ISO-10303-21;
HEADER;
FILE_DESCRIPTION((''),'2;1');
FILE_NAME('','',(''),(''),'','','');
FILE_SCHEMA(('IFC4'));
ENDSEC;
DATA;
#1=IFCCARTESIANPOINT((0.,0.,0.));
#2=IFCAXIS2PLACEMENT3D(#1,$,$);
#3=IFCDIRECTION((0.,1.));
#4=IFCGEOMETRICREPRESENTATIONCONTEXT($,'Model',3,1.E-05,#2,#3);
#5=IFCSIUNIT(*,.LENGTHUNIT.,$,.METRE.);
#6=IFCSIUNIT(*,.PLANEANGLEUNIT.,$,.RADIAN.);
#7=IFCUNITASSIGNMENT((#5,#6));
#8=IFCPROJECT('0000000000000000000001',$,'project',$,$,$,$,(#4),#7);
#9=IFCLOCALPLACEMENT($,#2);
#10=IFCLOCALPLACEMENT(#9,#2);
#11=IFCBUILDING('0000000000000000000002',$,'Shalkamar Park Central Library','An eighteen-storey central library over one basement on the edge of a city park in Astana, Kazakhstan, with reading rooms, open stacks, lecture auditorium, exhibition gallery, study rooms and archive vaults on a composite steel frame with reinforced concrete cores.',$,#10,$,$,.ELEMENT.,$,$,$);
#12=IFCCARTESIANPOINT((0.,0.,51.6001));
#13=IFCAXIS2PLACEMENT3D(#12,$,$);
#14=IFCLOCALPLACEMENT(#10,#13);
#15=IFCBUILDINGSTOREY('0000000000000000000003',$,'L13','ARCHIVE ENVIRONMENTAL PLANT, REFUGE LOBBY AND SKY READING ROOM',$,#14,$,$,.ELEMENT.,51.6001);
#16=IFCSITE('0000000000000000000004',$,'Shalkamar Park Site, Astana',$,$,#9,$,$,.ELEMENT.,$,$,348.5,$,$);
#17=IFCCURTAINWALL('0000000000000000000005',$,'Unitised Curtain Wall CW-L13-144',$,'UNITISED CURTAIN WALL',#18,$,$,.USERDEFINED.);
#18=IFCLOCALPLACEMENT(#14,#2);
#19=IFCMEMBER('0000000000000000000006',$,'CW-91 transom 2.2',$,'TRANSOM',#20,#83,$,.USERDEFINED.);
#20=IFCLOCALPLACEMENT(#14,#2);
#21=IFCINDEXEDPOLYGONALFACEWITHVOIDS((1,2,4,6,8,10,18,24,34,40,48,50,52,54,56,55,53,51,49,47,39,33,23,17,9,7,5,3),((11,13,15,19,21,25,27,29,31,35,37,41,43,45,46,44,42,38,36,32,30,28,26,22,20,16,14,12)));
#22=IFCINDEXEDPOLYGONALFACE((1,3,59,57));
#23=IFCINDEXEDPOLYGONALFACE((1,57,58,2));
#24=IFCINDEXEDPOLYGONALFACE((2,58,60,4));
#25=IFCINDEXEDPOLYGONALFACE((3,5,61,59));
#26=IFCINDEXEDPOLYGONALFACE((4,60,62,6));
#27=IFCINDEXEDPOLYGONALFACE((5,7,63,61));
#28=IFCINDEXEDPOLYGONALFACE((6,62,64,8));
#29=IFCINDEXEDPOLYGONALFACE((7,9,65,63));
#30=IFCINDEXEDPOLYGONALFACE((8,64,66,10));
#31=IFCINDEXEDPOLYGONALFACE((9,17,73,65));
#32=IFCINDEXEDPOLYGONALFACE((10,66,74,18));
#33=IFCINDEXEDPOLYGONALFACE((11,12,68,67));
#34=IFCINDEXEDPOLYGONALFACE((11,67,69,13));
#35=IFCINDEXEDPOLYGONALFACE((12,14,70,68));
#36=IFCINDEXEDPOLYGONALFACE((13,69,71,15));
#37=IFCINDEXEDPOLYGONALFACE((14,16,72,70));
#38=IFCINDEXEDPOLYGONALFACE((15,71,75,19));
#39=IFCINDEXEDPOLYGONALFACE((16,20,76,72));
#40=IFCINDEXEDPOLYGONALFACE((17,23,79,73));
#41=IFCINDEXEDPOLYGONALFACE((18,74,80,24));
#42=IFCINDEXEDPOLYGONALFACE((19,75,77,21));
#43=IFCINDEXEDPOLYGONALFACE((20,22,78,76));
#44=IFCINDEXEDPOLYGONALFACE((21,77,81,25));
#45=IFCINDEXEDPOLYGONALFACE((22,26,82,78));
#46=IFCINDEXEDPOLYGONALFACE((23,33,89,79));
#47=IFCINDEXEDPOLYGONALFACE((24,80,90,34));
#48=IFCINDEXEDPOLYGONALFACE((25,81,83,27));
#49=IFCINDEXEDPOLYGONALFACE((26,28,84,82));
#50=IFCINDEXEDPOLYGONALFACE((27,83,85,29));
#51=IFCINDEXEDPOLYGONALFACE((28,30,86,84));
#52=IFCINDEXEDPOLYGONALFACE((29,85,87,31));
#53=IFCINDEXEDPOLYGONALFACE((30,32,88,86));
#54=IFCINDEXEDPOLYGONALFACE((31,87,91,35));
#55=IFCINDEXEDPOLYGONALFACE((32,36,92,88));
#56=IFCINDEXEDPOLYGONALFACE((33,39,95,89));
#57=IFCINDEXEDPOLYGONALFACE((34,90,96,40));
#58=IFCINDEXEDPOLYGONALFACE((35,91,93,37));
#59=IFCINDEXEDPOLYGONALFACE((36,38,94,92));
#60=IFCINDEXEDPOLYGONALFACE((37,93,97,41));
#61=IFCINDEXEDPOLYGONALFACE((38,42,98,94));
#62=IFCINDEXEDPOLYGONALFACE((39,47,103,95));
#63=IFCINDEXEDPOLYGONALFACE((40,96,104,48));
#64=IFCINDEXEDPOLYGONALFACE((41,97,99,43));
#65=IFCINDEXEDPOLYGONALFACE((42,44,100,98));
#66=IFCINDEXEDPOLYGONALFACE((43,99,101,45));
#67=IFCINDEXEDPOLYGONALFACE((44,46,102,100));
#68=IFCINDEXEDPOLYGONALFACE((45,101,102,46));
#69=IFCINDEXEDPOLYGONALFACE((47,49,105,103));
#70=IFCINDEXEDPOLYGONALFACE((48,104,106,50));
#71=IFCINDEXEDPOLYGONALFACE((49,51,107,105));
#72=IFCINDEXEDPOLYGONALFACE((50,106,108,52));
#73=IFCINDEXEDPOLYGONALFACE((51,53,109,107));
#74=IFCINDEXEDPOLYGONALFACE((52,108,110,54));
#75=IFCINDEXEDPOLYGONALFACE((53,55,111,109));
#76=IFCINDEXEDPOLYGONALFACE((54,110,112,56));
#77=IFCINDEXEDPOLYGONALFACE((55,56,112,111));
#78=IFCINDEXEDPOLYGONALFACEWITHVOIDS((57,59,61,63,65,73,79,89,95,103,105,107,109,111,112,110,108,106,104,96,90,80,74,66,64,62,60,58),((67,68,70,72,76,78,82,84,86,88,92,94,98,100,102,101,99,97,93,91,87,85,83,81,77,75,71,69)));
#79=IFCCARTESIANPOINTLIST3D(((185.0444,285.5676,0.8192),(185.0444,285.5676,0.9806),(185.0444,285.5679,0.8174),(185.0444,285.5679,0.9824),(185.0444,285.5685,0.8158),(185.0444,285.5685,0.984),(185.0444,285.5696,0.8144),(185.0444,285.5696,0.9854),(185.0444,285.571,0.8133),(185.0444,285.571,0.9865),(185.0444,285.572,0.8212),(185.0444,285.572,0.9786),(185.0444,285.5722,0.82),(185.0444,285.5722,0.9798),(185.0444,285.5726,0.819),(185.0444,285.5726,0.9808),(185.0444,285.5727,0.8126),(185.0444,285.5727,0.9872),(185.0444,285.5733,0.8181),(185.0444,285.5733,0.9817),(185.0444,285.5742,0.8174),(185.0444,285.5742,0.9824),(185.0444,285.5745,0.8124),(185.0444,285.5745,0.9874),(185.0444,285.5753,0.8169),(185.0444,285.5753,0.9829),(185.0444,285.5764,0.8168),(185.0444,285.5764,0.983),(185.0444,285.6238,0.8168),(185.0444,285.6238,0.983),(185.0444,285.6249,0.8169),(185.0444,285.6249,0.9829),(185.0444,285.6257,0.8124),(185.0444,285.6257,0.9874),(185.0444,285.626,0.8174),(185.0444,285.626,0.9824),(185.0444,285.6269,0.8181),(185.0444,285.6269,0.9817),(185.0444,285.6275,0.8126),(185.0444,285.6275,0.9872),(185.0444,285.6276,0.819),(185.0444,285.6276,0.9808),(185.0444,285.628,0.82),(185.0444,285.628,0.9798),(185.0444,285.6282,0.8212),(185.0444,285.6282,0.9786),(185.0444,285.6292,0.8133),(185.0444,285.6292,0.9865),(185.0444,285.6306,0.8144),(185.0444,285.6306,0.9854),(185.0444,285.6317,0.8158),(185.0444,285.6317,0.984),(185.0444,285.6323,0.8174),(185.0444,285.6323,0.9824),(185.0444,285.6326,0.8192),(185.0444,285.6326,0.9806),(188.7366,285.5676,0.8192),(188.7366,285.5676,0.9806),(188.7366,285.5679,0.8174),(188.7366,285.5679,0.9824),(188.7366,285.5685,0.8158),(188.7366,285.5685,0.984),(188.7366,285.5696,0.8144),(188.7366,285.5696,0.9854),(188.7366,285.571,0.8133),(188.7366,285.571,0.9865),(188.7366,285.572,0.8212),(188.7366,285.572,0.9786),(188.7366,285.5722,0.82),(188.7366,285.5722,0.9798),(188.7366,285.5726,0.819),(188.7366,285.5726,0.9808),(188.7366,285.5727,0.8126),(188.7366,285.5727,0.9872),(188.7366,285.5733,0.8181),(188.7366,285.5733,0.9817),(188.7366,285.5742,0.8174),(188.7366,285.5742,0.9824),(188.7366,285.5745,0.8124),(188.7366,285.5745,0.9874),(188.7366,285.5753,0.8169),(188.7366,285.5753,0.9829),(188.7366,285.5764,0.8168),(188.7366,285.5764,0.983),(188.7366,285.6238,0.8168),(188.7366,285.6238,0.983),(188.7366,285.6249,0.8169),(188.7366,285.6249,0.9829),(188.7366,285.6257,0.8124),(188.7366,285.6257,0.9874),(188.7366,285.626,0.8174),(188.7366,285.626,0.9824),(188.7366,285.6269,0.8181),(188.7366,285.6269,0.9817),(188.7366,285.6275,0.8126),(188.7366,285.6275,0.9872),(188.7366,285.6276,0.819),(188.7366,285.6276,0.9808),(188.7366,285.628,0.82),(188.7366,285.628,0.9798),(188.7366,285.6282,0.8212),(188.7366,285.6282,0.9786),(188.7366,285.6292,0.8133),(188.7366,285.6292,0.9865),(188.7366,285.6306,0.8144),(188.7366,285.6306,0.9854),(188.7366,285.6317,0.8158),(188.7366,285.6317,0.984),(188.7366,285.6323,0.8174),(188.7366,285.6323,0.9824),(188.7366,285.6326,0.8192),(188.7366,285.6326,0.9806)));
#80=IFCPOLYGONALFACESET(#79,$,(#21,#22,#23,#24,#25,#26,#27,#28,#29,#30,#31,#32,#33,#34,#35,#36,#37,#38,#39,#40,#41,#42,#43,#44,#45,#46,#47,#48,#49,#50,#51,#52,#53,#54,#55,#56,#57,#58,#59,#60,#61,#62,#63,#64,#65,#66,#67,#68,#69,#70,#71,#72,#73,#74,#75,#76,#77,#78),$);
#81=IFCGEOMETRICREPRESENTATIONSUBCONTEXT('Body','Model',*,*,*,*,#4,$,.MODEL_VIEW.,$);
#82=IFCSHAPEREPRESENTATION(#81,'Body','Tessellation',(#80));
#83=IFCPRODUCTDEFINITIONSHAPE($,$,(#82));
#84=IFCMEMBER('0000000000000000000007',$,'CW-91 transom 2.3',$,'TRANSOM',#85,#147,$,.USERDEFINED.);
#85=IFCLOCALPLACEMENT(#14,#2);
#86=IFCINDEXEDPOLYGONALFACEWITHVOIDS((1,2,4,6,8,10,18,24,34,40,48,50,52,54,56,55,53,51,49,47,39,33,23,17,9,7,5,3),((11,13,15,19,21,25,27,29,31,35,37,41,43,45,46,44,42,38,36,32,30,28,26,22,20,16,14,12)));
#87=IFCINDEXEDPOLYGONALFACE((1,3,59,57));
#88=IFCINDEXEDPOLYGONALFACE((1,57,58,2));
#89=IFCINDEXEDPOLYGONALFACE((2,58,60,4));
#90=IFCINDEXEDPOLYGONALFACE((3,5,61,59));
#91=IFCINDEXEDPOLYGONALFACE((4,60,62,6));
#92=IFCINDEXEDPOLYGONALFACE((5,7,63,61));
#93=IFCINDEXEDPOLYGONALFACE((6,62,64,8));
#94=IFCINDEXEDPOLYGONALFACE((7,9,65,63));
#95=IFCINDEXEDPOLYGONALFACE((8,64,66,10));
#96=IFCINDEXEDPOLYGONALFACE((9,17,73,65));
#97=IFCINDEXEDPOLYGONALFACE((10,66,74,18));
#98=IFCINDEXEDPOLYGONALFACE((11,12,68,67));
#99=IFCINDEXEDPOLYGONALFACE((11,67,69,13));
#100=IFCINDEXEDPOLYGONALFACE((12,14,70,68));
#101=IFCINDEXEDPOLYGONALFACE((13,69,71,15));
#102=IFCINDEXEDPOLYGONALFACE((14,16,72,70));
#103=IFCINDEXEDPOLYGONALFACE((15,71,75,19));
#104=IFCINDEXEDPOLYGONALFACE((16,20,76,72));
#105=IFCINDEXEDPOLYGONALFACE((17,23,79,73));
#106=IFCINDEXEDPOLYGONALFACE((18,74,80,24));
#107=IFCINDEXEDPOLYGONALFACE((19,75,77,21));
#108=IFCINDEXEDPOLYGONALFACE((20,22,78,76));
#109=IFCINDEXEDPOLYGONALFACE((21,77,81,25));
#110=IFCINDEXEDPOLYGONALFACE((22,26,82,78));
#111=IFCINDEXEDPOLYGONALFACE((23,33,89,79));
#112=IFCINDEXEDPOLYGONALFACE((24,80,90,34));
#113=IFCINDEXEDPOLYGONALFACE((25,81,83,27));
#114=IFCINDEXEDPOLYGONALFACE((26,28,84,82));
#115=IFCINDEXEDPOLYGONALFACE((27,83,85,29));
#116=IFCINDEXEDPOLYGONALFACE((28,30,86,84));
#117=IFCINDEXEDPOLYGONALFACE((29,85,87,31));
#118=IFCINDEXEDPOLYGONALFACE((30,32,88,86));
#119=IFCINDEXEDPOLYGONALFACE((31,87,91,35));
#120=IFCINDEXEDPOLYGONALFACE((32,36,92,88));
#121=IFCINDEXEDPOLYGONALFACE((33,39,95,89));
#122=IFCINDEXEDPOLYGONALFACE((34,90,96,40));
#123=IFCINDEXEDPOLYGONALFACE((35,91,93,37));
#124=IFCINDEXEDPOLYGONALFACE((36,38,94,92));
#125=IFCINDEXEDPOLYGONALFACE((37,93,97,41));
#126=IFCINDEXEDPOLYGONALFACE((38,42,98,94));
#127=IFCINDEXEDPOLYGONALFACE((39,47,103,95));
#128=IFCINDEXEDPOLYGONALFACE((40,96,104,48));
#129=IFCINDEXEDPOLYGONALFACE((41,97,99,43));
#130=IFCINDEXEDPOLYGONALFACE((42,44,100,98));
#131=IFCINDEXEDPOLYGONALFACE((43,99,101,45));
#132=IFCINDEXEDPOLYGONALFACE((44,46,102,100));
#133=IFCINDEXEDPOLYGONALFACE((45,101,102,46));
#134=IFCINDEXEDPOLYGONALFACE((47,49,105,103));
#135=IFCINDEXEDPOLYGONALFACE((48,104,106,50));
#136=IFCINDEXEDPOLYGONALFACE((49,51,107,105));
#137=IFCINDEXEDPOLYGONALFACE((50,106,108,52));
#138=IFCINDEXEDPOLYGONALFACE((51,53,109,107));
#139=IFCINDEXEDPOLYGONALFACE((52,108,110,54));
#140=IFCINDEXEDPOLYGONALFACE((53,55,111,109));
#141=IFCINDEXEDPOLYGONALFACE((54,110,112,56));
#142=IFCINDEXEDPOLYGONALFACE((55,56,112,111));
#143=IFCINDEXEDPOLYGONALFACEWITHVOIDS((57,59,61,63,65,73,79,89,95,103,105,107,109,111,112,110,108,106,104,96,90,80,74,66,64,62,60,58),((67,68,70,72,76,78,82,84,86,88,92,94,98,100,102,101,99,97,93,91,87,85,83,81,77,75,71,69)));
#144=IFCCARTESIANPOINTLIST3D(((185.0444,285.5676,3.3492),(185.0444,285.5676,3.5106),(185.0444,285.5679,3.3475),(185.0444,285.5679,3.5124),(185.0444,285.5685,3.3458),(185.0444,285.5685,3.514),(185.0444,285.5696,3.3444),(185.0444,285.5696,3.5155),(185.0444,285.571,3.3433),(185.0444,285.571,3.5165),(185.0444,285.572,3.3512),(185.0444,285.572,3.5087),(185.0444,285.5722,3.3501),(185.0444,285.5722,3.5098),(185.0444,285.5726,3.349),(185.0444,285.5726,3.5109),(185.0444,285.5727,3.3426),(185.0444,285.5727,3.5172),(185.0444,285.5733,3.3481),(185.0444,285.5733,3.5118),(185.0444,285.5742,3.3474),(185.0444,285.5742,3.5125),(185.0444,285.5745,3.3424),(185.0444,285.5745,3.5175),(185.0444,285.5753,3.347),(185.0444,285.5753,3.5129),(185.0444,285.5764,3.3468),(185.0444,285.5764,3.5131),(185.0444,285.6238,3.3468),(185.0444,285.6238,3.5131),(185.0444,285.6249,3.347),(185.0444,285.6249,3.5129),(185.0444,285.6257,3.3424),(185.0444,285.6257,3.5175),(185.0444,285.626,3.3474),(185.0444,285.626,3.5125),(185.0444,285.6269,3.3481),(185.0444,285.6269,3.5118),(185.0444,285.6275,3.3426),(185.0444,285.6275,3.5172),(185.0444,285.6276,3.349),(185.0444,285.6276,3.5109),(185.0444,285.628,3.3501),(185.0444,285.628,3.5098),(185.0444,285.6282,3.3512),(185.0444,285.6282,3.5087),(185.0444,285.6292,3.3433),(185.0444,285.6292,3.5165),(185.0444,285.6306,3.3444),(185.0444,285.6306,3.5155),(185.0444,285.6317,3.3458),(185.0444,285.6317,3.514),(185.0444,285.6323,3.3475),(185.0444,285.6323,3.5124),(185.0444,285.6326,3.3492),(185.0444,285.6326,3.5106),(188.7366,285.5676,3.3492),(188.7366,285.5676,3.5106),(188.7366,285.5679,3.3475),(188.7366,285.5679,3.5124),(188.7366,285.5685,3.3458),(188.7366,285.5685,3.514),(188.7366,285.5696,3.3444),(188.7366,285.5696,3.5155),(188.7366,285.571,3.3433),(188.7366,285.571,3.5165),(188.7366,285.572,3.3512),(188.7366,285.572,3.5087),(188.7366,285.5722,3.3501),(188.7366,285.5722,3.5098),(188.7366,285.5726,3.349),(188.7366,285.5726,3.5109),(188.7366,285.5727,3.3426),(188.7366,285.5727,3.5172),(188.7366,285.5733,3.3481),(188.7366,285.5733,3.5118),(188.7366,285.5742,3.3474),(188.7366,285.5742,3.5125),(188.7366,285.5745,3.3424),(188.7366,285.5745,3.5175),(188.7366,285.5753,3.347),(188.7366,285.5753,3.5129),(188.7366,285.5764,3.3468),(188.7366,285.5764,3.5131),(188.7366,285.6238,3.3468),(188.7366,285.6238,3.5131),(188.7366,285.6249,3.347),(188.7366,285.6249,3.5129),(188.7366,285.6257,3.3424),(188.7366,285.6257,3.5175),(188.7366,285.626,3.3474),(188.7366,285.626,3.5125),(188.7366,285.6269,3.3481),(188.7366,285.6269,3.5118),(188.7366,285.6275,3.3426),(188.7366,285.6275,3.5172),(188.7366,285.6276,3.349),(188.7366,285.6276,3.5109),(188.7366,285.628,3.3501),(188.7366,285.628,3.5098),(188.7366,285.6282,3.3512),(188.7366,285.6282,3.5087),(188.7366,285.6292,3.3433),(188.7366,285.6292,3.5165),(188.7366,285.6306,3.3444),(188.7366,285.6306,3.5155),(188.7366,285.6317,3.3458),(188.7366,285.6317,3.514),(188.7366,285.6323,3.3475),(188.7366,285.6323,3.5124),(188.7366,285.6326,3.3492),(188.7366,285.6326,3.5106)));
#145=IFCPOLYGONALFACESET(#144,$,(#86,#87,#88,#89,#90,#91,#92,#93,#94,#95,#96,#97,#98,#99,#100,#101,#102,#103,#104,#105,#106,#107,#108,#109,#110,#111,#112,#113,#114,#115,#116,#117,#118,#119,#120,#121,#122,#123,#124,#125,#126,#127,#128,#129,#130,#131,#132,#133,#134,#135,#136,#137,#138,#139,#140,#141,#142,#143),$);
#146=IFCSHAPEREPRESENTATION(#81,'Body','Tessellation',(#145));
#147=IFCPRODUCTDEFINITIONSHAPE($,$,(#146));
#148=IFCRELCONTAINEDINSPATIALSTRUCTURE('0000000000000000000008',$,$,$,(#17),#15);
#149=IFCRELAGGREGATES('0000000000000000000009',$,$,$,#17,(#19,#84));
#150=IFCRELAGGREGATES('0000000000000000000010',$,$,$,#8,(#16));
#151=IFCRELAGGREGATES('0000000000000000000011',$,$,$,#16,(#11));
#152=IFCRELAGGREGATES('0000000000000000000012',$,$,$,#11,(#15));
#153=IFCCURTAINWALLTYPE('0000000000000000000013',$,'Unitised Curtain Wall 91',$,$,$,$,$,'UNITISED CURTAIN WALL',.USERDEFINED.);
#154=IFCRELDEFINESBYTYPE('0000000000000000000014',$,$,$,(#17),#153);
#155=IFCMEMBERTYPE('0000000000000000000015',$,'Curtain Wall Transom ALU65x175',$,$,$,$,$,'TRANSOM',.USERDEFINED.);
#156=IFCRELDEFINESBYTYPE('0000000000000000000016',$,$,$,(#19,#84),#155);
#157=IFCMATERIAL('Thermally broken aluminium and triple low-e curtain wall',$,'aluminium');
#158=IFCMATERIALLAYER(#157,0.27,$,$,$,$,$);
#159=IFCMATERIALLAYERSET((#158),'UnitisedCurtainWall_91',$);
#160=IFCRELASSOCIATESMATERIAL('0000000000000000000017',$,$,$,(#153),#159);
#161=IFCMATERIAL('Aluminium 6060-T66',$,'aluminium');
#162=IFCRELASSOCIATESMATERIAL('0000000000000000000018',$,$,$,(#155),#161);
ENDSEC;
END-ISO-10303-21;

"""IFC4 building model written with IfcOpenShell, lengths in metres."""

from ifc_helpers import new_model, si_unit, direction, frame, origin, origin_2d, place, context, subcontext, project, spatial, hollow_rectangle, extrude, material, layer, layer_set, material_profile, profile_set, type_object, element, aggregate, save


model = new_model("IFC4")

# Units and contexts
model_context = context("Model", 3, precision=1e-05, world=origin(), true_north=direction((0.0, 1.0)))
body_context = subcontext(model_context, "Body", "Model", "MODEL_VIEW")
ifc_project = project(units=[si_unit("LENGTHUNIT", "METRE"), si_unit("PLANEANGLEUNIT", "RADIAN")], contexts=[model_context])

# Site, building, storey
site_placement = place(None, origin())
site = spatial("IfcSite", under=ifc_project, at=site_placement, Name="Shalkamar Park Site, Astana", CompositionType="ELEMENT", RefElevation=348.5)
building_placement = place(site_placement, origin())
building = spatial("IfcBuilding", under=site, at=building_placement, Name="Shalkamar Park Central Library", Description="An eighteen-storey central library over one basement on the edge of a city park in Astana, Kazakhstan, with reading rooms, open stacks, lecture auditorium, exhibition gallery, study rooms and archive vaults on a composite steel frame with reinforced concrete cores.", CompositionType="ELEMENT")
storey_placement = place(building_placement, frame((0.0, 0.0, 51.6001)))
storey = spatial("IfcBuildingStorey", under=building, at=storey_placement, Name="L13", Description="ARCHIVE ENVIRONMENTAL PLANT, REFUGE LOBBY AND SKY READING ROOM", CompositionType="ELEMENT", Elevation=51.6001)

# Curtain wall
ifc_material_1 = material(Name="Thermally broken aluminium and triple low-e curtain wall", Category="aluminium")
ifc_layer_1 = layer(ifc_material_1, 0.27)
ifc_layer_set_1 = layer_set([ifc_layer_1], Name="UnitisedCurtainWall_91")
curtain_wall_type_1 = type_object("IfcCurtainWallType", Name="Unitised Curtain Wall 91", ElementType="UNITISED CURTAIN WALL", PredefinedType="USERDEFINED", material=ifc_layer_set_1)
curtain_wall_1_placement = place(storey_placement, origin())
curtain_wall_1 = element("IfcCurtainWall", 1, at=curtain_wall_1_placement, inside=storey, type_object=curtain_wall_type_1, Name="Unitised Curtain Wall CW-L13-144", ObjectType="UNITISED CURTAIN WALL", PredefinedType="USERDEFINED")
ifc_material_2 = material(Name="Aluminium 6060-T66", Category="aluminium")

# Members
ifc_material_profile_1 = material_profile(ifc_material_2, hollow_rectangle(XDim=0.0649, YDim=0.175, WallThickness=0.0044, InnerFilletRadius=0.0044, OuterFilletRadius=0.0068, at=origin_2d()), Name="ALU 65x175x4.5")
ifc_profile_set_1 = profile_set([ifc_material_profile_1], Name="Aluminium 6060-T66")
member_type_1 = type_object("IfcMemberType", Name="Curtain Wall Transom ALU65x175", ElementType="TRANSOM", PredefinedType="USERDEFINED", material=ifc_profile_set_1)
member_1_placement = place(storey_placement, frame((185.0444, 285.6001, 0.8999), z_axis=(1.0, 0.0, 0.0), x_axis=(0.0, 1.0, 0.0)))
member_1 = element("IfcMember", 2, at=member_1_placement, type_object=member_type_1, Name="CW-91 transom 2.2", ObjectType="TRANSOM", PredefinedType="USERDEFINED", context=body_context, shape_type="SweptSolid", body=[
    extrude(hollow_rectangle(XDim=0.0649, YDim=0.175, WallThickness=0.0044, InnerFilletRadius=0.0044, OuterFilletRadius=0.0068, at=origin_2d()), origin(), (0.0, 0.0, 1.0), 3.6921),
])
member_2_placement = place(storey_placement, frame((185.0444, 285.6001, 3.4299), z_axis=(1.0, 0.0, 0.0), x_axis=(0.0, 1.0, 0.0)))
member_2 = element("IfcMember", 3, at=member_2_placement, type_object=member_type_1, Name="CW-91 transom 2.3", ObjectType="TRANSOM", PredefinedType="USERDEFINED", context=body_context, shape_type="SweptSolid", body=[
    extrude(hollow_rectangle(XDim=0.0649, YDim=0.175, WallThickness=0.0044, InnerFilletRadius=0.0044, OuterFilletRadius=0.0068, at=origin_2d()), origin(), (0.0, 0.0, 1.0), 3.6921),
])

aggregate(curtain_wall_1, [member_1, member_2])

save(model, "model.ifc")
